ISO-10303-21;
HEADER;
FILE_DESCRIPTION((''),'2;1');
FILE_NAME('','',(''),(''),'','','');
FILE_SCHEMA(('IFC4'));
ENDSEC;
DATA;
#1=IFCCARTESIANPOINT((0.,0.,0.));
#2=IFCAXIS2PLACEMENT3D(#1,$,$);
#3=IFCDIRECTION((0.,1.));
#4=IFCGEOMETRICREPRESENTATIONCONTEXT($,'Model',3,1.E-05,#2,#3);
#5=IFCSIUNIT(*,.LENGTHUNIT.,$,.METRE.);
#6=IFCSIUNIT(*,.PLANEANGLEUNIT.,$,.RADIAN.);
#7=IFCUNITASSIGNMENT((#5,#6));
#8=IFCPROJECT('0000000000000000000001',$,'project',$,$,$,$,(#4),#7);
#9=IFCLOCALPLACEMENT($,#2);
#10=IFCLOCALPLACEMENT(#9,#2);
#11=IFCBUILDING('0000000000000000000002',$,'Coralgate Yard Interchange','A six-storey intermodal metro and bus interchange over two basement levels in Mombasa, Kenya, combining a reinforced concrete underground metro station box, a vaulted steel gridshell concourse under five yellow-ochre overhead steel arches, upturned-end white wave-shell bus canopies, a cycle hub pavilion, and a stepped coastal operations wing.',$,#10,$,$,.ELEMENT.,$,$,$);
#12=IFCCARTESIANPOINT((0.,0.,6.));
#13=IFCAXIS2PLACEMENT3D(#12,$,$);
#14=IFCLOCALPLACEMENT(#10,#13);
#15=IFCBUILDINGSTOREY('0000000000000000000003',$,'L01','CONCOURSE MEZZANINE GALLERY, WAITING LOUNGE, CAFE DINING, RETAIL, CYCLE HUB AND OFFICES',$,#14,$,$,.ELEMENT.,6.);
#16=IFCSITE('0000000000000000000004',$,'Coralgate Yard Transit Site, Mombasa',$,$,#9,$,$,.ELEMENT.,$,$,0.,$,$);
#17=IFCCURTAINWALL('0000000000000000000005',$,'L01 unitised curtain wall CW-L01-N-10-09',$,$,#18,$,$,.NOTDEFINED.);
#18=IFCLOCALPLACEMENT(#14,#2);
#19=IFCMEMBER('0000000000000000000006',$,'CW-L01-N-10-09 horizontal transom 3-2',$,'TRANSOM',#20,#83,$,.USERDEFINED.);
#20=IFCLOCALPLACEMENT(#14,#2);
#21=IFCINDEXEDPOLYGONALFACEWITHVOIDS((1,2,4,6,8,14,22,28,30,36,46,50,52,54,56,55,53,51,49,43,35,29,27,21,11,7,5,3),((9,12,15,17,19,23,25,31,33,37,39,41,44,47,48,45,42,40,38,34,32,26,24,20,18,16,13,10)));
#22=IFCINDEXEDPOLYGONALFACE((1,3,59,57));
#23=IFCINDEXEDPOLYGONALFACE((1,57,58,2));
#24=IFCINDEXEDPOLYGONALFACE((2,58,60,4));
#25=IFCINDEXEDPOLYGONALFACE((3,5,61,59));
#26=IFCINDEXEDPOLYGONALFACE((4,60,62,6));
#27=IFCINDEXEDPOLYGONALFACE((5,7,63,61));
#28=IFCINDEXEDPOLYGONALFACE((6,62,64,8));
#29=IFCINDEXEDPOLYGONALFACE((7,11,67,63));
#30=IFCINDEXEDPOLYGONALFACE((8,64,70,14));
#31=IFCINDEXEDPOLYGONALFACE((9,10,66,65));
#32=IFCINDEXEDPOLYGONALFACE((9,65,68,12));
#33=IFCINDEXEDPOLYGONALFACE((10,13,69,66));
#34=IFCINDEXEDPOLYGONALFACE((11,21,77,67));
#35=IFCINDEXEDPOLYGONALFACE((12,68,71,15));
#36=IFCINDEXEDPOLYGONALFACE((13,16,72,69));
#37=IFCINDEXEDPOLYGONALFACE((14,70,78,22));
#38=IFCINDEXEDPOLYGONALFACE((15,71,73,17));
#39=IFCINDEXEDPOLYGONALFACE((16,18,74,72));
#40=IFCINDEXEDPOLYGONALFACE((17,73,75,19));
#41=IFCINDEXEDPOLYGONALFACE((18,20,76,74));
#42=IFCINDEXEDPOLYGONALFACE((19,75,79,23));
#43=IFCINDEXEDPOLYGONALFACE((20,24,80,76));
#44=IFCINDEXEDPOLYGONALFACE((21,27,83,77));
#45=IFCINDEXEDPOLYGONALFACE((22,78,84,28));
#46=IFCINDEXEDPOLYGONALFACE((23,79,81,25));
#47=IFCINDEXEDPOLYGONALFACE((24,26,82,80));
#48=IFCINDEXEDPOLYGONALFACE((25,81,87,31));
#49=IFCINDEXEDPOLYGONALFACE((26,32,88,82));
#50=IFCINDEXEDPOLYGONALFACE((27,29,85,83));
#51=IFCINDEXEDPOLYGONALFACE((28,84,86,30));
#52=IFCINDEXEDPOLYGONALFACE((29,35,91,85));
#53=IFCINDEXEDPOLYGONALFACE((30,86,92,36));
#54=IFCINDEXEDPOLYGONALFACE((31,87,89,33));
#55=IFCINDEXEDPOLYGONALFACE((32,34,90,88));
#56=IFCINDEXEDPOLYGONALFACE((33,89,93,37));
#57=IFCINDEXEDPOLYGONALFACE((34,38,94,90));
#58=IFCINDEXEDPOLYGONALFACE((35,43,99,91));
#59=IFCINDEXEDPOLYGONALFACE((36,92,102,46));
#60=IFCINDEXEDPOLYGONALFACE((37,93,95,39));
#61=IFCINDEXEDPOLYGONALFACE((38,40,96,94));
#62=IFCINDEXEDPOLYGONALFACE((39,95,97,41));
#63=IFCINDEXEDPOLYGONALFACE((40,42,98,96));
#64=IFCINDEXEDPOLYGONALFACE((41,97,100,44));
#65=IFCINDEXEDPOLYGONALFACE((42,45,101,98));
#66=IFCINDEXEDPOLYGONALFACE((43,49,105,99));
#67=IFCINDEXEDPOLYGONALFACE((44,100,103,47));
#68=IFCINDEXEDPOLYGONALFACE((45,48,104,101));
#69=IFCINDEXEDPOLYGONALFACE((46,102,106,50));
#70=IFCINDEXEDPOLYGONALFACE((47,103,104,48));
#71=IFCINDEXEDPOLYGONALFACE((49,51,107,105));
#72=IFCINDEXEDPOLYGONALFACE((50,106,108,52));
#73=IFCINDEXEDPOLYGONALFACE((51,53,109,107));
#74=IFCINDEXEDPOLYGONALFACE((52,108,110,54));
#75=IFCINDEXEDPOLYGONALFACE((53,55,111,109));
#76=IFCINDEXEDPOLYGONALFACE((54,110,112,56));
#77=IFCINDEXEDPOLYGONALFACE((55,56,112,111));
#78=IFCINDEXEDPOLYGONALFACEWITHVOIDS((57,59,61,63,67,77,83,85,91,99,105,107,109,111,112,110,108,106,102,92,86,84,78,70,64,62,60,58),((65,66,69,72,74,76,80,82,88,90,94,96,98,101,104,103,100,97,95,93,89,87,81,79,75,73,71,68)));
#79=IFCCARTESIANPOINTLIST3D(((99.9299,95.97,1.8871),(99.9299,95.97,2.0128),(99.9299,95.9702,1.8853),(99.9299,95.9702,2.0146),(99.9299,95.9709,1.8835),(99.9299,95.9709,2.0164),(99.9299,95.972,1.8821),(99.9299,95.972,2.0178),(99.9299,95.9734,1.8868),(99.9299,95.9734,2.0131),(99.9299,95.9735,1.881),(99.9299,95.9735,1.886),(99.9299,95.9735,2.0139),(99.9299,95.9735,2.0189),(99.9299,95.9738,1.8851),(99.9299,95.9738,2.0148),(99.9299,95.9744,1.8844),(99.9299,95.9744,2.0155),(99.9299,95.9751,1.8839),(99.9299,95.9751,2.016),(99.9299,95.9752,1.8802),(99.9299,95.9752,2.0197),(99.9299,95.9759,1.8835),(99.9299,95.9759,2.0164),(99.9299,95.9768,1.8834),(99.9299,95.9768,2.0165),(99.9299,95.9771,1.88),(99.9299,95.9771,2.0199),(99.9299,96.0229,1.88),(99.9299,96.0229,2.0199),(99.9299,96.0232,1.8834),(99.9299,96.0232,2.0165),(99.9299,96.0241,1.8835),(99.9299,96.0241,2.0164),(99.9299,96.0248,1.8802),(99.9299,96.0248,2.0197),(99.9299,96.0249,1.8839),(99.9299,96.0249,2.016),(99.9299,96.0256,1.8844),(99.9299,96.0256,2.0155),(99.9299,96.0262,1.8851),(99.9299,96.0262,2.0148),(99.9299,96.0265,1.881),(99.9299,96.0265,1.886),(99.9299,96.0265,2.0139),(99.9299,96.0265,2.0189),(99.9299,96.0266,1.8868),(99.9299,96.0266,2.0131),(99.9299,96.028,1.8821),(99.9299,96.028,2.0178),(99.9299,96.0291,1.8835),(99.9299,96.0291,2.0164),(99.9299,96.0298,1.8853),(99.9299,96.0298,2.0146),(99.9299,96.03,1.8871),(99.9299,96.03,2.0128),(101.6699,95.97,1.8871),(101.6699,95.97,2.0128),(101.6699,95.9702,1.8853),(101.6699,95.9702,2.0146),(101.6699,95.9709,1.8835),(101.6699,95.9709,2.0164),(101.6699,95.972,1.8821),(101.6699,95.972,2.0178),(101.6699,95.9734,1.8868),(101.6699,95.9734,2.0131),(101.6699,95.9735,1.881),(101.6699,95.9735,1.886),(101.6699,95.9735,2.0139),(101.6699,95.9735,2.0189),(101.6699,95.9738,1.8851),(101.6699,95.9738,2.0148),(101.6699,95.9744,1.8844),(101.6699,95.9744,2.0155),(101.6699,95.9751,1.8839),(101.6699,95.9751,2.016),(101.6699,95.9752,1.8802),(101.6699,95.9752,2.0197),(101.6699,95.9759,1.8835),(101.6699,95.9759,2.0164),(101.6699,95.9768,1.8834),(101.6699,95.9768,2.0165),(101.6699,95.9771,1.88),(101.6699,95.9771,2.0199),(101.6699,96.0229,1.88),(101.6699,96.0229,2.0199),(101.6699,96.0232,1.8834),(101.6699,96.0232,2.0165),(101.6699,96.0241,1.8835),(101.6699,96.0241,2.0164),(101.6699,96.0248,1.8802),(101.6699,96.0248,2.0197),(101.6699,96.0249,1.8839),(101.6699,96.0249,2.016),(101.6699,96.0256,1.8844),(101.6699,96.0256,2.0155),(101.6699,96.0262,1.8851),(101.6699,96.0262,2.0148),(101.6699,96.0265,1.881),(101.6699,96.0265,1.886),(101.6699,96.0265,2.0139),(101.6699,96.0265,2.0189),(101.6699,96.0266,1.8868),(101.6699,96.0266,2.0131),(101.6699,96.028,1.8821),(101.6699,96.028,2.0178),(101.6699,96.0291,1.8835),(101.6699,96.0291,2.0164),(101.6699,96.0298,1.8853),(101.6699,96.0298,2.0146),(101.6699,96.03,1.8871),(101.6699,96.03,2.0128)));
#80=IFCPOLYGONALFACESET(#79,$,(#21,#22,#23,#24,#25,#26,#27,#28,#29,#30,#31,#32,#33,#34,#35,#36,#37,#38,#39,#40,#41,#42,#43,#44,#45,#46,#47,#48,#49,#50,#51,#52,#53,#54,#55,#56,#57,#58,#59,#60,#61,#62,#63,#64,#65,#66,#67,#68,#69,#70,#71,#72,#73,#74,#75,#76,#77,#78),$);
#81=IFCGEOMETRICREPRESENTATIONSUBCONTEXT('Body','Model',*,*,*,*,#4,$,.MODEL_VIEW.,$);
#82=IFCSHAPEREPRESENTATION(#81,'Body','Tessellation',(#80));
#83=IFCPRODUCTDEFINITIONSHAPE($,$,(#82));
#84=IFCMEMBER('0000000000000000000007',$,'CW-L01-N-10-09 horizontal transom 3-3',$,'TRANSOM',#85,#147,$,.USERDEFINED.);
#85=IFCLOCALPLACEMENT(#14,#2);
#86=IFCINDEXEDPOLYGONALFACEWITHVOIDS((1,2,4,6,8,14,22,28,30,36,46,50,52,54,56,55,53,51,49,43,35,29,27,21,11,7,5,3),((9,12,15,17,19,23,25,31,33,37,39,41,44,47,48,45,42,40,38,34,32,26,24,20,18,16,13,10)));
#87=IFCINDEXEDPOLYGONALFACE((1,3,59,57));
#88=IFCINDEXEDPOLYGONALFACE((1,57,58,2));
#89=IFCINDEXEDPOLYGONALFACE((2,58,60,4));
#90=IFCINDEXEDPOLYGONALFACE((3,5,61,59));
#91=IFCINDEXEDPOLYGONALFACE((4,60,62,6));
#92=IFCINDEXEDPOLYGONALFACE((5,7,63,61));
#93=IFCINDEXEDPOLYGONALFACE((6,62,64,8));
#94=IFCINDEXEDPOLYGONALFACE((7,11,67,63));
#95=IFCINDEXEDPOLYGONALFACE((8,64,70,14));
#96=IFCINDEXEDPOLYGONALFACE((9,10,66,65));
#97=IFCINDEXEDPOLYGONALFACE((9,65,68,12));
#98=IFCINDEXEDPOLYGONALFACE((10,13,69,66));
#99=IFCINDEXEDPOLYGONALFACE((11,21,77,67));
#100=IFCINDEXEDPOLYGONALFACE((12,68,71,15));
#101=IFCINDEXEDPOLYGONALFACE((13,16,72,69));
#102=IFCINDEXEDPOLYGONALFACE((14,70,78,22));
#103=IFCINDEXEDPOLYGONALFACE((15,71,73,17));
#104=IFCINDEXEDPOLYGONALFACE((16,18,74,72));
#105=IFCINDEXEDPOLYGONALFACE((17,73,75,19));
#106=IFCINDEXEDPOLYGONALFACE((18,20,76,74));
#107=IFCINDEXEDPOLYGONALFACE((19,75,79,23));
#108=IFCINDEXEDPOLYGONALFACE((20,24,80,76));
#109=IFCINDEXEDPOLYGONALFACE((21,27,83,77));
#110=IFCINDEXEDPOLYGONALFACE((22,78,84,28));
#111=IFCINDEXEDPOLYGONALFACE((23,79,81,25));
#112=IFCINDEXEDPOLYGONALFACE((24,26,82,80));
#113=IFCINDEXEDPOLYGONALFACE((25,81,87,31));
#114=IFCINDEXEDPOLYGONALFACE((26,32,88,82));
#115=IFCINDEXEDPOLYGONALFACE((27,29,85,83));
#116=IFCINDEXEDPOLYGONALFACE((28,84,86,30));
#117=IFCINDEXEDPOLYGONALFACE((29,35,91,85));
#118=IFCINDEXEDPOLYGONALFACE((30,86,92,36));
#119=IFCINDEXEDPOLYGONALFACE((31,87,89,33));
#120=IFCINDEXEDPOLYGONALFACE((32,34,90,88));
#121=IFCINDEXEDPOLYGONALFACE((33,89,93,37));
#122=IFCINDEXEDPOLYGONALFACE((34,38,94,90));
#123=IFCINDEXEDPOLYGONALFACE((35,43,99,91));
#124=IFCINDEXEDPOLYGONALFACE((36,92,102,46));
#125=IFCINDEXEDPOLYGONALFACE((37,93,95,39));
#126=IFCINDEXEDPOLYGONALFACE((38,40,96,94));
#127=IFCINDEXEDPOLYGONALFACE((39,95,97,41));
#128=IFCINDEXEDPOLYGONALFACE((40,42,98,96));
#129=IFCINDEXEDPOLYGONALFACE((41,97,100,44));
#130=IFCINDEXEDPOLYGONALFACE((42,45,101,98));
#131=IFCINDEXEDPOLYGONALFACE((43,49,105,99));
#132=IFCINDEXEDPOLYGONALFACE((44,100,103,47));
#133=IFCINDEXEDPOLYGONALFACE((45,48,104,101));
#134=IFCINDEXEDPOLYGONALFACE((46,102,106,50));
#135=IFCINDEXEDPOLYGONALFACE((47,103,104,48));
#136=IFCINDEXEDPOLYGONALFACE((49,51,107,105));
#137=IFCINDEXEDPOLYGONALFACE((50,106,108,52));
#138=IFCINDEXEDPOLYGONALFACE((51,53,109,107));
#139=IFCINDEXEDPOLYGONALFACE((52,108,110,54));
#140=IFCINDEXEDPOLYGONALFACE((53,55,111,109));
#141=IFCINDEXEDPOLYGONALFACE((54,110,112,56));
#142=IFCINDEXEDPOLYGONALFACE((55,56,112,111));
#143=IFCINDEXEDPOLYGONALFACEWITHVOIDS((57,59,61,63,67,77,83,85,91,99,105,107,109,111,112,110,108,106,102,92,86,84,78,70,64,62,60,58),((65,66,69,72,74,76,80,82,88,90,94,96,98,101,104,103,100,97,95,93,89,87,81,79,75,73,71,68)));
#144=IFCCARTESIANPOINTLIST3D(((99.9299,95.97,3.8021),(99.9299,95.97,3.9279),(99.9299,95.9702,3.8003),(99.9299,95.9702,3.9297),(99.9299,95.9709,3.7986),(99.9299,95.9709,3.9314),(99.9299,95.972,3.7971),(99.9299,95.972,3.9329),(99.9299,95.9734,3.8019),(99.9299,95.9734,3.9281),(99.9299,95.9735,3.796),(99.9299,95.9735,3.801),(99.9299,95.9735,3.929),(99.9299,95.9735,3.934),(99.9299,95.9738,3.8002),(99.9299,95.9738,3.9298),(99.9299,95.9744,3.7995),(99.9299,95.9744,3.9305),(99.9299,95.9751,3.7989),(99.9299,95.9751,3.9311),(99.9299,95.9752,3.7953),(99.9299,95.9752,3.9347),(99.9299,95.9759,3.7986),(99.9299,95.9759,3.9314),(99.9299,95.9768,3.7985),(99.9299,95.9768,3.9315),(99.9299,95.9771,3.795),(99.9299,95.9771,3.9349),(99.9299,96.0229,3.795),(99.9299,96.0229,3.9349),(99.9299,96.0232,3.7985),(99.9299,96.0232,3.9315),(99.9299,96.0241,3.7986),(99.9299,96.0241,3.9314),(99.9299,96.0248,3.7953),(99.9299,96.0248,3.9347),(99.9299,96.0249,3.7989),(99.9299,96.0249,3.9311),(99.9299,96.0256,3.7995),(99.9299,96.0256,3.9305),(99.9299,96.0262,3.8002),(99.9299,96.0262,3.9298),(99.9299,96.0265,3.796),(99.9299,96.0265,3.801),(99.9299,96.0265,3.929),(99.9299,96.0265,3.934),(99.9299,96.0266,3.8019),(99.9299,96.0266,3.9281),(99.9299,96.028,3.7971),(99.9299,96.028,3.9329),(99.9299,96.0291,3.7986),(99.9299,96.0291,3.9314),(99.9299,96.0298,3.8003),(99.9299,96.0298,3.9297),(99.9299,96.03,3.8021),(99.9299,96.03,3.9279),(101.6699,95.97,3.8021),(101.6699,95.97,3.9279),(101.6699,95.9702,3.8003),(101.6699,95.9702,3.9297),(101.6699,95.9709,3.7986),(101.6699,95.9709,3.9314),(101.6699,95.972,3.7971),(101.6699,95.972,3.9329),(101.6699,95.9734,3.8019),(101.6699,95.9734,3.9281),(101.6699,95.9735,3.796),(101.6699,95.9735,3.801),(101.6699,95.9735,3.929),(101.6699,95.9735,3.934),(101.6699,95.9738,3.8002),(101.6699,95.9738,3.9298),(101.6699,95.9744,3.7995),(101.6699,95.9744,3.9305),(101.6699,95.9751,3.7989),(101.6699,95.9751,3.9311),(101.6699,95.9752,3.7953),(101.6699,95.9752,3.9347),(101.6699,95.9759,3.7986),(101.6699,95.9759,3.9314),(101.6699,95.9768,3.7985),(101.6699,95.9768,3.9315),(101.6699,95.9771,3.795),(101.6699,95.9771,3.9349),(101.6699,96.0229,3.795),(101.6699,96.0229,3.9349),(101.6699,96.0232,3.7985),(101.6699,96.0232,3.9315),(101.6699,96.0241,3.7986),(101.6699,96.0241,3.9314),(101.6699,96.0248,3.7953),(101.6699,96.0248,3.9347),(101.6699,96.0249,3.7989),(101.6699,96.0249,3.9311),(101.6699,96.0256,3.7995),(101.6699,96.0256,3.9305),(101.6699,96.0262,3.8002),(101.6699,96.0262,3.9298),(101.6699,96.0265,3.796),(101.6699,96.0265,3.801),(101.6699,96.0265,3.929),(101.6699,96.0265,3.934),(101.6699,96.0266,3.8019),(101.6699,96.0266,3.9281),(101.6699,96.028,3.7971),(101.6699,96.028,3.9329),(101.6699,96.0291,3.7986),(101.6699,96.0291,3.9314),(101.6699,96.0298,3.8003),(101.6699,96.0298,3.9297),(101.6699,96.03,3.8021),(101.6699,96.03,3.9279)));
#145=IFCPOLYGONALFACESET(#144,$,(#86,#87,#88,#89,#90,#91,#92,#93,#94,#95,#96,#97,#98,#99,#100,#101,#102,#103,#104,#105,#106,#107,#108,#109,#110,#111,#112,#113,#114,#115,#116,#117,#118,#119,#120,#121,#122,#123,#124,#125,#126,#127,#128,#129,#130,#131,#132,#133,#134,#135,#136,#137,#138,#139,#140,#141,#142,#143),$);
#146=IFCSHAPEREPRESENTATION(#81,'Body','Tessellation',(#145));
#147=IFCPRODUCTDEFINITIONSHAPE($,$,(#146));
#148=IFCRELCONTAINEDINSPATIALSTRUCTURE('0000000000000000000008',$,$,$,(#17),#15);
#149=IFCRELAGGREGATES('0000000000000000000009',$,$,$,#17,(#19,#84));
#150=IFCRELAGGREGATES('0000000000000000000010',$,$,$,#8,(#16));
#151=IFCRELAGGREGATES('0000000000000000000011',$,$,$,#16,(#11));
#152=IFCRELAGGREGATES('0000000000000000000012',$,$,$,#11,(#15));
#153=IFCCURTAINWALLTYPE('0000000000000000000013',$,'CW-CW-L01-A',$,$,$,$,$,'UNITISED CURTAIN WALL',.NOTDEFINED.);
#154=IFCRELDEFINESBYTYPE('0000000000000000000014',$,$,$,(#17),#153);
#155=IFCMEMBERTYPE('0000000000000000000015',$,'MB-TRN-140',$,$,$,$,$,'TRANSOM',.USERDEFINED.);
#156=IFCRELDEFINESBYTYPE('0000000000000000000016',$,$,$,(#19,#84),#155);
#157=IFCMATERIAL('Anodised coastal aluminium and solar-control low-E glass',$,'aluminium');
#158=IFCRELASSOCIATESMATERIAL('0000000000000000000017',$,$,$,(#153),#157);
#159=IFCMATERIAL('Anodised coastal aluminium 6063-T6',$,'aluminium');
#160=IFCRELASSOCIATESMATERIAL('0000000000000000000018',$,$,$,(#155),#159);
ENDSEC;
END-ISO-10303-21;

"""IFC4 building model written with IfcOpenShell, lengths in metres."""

from ifc_helpers import new_model, si_unit, direction, frame, origin, origin_2d, place, context, subcontext, project, spatial, hollow_rectangle, extrude, material, material_profile, profile_set, type_object, element, aggregate, save


model = new_model("IFC4")

# Units and contexts
model_context = context("Model", 3, precision=1e-05, world=origin(), true_north=direction((0.0, 1.0)))
body_context = subcontext(model_context, "Body", "Model", "MODEL_VIEW")
ifc_project = project(units=[si_unit("LENGTHUNIT", "METRE"), si_unit("PLANEANGLEUNIT", "RADIAN")], contexts=[model_context])

# Site, building, storey
site_placement = place(None, origin())
site = spatial("IfcSite", under=ifc_project, at=site_placement, Name="Coralgate Yard Transit Site, Mombasa", CompositionType="ELEMENT", RefElevation=0.0)
building_placement = place(site_placement, origin())
building = spatial("IfcBuilding", under=site, at=building_placement, Name="Coralgate Yard Interchange", Description="A six-storey intermodal metro and bus interchange over two basement levels in Mombasa, Kenya, combining a reinforced concrete underground metro station box, a vaulted steel gridshell concourse under five yellow-ochre overhead steel arches, upturned-end white wave-shell bus canopies, a cycle hub pavilion, and a stepped coastal operations wing.", CompositionType="ELEMENT")
storey_placement = place(building_placement, frame((0.0, 0.0, 6.0)))
storey = spatial("IfcBuildingStorey", under=building, at=storey_placement, Name="L01", Description="CONCOURSE MEZZANINE GALLERY, WAITING LOUNGE, CAFE DINING, RETAIL, CYCLE HUB AND OFFICES", CompositionType="ELEMENT", Elevation=6.0)

# Curtain wall
ifc_material_1 = material(Name="Anodised coastal aluminium and solar-control low-E glass", Category="aluminium")
curtain_wall_type_1 = type_object("IfcCurtainWallType", Name="CW-CW-L01-A", ElementType="UNITISED CURTAIN WALL", PredefinedType="NOTDEFINED", material=ifc_material_1)
curtain_wall_1_placement = place(storey_placement, origin())
curtain_wall_1 = element("IfcCurtainWall", 1, at=curtain_wall_1_placement, inside=storey, type_object=curtain_wall_type_1, Name="L01 unitised curtain wall CW-L01-N-10-09", PredefinedType="NOTDEFINED")
ifc_material_2 = material(Name="Anodised coastal aluminium 6063-T6", Category="aluminium")

# Members
ifc_material_profile_1 = material_profile(ifc_material_2, hollow_rectangle(XDim=0.0601, YDim=0.1399, WallThickness=0.0034, InnerFilletRadius=0.0034, OuterFilletRadius=0.0071, at=origin_2d()), Name="ALU 60x140x3.5")
ifc_profile_set_1 = profile_set([ifc_material_profile_1], Name="Anodised coastal aluminium 6063-T6")
member_type_1 = type_object("IfcMemberType", Name="MB-TRN-140", ElementType="TRANSOM", PredefinedType="USERDEFINED", material=ifc_profile_set_1)
member_1_placement = place(storey_placement, frame((99.9299, 96.0, 1.95), z_axis=(1.0, 0.0, 0.0), x_axis=(0.0, 1.0, 0.0)))
member_1 = element("IfcMember", 2, at=member_1_placement, type_object=member_type_1, Name="CW-L01-N-10-09 horizontal transom 3-2", ObjectType="TRANSOM", PredefinedType="USERDEFINED", context=body_context, shape_type="SweptSolid", body=[
    extrude(hollow_rectangle(XDim=0.0601, YDim=0.1399, WallThickness=0.0034, InnerFilletRadius=0.0034, OuterFilletRadius=0.0071, at=origin_2d()), origin(), (0.0, 0.0, 1.0), 1.74),
])
member_2_placement = place(storey_placement, frame((99.9299, 96.0, 3.865), z_axis=(1.0, 0.0, 0.0), x_axis=(0.0, 1.0, 0.0)))
member_2 = element("IfcMember", 3, at=member_2_placement, type_object=member_type_1, Name="CW-L01-N-10-09 horizontal transom 3-3", ObjectType="TRANSOM", PredefinedType="USERDEFINED", context=body_context, shape_type="SweptSolid", body=[
    extrude(hollow_rectangle(XDim=0.0601, YDim=0.1399, WallThickness=0.0034, InnerFilletRadius=0.0034, OuterFilletRadius=0.0071, at=origin_2d()), origin(), (0.0, 0.0, 1.0), 1.74),
])

aggregate(curtain_wall_1, [member_1, member_2])

save(model, "model.ifc")
